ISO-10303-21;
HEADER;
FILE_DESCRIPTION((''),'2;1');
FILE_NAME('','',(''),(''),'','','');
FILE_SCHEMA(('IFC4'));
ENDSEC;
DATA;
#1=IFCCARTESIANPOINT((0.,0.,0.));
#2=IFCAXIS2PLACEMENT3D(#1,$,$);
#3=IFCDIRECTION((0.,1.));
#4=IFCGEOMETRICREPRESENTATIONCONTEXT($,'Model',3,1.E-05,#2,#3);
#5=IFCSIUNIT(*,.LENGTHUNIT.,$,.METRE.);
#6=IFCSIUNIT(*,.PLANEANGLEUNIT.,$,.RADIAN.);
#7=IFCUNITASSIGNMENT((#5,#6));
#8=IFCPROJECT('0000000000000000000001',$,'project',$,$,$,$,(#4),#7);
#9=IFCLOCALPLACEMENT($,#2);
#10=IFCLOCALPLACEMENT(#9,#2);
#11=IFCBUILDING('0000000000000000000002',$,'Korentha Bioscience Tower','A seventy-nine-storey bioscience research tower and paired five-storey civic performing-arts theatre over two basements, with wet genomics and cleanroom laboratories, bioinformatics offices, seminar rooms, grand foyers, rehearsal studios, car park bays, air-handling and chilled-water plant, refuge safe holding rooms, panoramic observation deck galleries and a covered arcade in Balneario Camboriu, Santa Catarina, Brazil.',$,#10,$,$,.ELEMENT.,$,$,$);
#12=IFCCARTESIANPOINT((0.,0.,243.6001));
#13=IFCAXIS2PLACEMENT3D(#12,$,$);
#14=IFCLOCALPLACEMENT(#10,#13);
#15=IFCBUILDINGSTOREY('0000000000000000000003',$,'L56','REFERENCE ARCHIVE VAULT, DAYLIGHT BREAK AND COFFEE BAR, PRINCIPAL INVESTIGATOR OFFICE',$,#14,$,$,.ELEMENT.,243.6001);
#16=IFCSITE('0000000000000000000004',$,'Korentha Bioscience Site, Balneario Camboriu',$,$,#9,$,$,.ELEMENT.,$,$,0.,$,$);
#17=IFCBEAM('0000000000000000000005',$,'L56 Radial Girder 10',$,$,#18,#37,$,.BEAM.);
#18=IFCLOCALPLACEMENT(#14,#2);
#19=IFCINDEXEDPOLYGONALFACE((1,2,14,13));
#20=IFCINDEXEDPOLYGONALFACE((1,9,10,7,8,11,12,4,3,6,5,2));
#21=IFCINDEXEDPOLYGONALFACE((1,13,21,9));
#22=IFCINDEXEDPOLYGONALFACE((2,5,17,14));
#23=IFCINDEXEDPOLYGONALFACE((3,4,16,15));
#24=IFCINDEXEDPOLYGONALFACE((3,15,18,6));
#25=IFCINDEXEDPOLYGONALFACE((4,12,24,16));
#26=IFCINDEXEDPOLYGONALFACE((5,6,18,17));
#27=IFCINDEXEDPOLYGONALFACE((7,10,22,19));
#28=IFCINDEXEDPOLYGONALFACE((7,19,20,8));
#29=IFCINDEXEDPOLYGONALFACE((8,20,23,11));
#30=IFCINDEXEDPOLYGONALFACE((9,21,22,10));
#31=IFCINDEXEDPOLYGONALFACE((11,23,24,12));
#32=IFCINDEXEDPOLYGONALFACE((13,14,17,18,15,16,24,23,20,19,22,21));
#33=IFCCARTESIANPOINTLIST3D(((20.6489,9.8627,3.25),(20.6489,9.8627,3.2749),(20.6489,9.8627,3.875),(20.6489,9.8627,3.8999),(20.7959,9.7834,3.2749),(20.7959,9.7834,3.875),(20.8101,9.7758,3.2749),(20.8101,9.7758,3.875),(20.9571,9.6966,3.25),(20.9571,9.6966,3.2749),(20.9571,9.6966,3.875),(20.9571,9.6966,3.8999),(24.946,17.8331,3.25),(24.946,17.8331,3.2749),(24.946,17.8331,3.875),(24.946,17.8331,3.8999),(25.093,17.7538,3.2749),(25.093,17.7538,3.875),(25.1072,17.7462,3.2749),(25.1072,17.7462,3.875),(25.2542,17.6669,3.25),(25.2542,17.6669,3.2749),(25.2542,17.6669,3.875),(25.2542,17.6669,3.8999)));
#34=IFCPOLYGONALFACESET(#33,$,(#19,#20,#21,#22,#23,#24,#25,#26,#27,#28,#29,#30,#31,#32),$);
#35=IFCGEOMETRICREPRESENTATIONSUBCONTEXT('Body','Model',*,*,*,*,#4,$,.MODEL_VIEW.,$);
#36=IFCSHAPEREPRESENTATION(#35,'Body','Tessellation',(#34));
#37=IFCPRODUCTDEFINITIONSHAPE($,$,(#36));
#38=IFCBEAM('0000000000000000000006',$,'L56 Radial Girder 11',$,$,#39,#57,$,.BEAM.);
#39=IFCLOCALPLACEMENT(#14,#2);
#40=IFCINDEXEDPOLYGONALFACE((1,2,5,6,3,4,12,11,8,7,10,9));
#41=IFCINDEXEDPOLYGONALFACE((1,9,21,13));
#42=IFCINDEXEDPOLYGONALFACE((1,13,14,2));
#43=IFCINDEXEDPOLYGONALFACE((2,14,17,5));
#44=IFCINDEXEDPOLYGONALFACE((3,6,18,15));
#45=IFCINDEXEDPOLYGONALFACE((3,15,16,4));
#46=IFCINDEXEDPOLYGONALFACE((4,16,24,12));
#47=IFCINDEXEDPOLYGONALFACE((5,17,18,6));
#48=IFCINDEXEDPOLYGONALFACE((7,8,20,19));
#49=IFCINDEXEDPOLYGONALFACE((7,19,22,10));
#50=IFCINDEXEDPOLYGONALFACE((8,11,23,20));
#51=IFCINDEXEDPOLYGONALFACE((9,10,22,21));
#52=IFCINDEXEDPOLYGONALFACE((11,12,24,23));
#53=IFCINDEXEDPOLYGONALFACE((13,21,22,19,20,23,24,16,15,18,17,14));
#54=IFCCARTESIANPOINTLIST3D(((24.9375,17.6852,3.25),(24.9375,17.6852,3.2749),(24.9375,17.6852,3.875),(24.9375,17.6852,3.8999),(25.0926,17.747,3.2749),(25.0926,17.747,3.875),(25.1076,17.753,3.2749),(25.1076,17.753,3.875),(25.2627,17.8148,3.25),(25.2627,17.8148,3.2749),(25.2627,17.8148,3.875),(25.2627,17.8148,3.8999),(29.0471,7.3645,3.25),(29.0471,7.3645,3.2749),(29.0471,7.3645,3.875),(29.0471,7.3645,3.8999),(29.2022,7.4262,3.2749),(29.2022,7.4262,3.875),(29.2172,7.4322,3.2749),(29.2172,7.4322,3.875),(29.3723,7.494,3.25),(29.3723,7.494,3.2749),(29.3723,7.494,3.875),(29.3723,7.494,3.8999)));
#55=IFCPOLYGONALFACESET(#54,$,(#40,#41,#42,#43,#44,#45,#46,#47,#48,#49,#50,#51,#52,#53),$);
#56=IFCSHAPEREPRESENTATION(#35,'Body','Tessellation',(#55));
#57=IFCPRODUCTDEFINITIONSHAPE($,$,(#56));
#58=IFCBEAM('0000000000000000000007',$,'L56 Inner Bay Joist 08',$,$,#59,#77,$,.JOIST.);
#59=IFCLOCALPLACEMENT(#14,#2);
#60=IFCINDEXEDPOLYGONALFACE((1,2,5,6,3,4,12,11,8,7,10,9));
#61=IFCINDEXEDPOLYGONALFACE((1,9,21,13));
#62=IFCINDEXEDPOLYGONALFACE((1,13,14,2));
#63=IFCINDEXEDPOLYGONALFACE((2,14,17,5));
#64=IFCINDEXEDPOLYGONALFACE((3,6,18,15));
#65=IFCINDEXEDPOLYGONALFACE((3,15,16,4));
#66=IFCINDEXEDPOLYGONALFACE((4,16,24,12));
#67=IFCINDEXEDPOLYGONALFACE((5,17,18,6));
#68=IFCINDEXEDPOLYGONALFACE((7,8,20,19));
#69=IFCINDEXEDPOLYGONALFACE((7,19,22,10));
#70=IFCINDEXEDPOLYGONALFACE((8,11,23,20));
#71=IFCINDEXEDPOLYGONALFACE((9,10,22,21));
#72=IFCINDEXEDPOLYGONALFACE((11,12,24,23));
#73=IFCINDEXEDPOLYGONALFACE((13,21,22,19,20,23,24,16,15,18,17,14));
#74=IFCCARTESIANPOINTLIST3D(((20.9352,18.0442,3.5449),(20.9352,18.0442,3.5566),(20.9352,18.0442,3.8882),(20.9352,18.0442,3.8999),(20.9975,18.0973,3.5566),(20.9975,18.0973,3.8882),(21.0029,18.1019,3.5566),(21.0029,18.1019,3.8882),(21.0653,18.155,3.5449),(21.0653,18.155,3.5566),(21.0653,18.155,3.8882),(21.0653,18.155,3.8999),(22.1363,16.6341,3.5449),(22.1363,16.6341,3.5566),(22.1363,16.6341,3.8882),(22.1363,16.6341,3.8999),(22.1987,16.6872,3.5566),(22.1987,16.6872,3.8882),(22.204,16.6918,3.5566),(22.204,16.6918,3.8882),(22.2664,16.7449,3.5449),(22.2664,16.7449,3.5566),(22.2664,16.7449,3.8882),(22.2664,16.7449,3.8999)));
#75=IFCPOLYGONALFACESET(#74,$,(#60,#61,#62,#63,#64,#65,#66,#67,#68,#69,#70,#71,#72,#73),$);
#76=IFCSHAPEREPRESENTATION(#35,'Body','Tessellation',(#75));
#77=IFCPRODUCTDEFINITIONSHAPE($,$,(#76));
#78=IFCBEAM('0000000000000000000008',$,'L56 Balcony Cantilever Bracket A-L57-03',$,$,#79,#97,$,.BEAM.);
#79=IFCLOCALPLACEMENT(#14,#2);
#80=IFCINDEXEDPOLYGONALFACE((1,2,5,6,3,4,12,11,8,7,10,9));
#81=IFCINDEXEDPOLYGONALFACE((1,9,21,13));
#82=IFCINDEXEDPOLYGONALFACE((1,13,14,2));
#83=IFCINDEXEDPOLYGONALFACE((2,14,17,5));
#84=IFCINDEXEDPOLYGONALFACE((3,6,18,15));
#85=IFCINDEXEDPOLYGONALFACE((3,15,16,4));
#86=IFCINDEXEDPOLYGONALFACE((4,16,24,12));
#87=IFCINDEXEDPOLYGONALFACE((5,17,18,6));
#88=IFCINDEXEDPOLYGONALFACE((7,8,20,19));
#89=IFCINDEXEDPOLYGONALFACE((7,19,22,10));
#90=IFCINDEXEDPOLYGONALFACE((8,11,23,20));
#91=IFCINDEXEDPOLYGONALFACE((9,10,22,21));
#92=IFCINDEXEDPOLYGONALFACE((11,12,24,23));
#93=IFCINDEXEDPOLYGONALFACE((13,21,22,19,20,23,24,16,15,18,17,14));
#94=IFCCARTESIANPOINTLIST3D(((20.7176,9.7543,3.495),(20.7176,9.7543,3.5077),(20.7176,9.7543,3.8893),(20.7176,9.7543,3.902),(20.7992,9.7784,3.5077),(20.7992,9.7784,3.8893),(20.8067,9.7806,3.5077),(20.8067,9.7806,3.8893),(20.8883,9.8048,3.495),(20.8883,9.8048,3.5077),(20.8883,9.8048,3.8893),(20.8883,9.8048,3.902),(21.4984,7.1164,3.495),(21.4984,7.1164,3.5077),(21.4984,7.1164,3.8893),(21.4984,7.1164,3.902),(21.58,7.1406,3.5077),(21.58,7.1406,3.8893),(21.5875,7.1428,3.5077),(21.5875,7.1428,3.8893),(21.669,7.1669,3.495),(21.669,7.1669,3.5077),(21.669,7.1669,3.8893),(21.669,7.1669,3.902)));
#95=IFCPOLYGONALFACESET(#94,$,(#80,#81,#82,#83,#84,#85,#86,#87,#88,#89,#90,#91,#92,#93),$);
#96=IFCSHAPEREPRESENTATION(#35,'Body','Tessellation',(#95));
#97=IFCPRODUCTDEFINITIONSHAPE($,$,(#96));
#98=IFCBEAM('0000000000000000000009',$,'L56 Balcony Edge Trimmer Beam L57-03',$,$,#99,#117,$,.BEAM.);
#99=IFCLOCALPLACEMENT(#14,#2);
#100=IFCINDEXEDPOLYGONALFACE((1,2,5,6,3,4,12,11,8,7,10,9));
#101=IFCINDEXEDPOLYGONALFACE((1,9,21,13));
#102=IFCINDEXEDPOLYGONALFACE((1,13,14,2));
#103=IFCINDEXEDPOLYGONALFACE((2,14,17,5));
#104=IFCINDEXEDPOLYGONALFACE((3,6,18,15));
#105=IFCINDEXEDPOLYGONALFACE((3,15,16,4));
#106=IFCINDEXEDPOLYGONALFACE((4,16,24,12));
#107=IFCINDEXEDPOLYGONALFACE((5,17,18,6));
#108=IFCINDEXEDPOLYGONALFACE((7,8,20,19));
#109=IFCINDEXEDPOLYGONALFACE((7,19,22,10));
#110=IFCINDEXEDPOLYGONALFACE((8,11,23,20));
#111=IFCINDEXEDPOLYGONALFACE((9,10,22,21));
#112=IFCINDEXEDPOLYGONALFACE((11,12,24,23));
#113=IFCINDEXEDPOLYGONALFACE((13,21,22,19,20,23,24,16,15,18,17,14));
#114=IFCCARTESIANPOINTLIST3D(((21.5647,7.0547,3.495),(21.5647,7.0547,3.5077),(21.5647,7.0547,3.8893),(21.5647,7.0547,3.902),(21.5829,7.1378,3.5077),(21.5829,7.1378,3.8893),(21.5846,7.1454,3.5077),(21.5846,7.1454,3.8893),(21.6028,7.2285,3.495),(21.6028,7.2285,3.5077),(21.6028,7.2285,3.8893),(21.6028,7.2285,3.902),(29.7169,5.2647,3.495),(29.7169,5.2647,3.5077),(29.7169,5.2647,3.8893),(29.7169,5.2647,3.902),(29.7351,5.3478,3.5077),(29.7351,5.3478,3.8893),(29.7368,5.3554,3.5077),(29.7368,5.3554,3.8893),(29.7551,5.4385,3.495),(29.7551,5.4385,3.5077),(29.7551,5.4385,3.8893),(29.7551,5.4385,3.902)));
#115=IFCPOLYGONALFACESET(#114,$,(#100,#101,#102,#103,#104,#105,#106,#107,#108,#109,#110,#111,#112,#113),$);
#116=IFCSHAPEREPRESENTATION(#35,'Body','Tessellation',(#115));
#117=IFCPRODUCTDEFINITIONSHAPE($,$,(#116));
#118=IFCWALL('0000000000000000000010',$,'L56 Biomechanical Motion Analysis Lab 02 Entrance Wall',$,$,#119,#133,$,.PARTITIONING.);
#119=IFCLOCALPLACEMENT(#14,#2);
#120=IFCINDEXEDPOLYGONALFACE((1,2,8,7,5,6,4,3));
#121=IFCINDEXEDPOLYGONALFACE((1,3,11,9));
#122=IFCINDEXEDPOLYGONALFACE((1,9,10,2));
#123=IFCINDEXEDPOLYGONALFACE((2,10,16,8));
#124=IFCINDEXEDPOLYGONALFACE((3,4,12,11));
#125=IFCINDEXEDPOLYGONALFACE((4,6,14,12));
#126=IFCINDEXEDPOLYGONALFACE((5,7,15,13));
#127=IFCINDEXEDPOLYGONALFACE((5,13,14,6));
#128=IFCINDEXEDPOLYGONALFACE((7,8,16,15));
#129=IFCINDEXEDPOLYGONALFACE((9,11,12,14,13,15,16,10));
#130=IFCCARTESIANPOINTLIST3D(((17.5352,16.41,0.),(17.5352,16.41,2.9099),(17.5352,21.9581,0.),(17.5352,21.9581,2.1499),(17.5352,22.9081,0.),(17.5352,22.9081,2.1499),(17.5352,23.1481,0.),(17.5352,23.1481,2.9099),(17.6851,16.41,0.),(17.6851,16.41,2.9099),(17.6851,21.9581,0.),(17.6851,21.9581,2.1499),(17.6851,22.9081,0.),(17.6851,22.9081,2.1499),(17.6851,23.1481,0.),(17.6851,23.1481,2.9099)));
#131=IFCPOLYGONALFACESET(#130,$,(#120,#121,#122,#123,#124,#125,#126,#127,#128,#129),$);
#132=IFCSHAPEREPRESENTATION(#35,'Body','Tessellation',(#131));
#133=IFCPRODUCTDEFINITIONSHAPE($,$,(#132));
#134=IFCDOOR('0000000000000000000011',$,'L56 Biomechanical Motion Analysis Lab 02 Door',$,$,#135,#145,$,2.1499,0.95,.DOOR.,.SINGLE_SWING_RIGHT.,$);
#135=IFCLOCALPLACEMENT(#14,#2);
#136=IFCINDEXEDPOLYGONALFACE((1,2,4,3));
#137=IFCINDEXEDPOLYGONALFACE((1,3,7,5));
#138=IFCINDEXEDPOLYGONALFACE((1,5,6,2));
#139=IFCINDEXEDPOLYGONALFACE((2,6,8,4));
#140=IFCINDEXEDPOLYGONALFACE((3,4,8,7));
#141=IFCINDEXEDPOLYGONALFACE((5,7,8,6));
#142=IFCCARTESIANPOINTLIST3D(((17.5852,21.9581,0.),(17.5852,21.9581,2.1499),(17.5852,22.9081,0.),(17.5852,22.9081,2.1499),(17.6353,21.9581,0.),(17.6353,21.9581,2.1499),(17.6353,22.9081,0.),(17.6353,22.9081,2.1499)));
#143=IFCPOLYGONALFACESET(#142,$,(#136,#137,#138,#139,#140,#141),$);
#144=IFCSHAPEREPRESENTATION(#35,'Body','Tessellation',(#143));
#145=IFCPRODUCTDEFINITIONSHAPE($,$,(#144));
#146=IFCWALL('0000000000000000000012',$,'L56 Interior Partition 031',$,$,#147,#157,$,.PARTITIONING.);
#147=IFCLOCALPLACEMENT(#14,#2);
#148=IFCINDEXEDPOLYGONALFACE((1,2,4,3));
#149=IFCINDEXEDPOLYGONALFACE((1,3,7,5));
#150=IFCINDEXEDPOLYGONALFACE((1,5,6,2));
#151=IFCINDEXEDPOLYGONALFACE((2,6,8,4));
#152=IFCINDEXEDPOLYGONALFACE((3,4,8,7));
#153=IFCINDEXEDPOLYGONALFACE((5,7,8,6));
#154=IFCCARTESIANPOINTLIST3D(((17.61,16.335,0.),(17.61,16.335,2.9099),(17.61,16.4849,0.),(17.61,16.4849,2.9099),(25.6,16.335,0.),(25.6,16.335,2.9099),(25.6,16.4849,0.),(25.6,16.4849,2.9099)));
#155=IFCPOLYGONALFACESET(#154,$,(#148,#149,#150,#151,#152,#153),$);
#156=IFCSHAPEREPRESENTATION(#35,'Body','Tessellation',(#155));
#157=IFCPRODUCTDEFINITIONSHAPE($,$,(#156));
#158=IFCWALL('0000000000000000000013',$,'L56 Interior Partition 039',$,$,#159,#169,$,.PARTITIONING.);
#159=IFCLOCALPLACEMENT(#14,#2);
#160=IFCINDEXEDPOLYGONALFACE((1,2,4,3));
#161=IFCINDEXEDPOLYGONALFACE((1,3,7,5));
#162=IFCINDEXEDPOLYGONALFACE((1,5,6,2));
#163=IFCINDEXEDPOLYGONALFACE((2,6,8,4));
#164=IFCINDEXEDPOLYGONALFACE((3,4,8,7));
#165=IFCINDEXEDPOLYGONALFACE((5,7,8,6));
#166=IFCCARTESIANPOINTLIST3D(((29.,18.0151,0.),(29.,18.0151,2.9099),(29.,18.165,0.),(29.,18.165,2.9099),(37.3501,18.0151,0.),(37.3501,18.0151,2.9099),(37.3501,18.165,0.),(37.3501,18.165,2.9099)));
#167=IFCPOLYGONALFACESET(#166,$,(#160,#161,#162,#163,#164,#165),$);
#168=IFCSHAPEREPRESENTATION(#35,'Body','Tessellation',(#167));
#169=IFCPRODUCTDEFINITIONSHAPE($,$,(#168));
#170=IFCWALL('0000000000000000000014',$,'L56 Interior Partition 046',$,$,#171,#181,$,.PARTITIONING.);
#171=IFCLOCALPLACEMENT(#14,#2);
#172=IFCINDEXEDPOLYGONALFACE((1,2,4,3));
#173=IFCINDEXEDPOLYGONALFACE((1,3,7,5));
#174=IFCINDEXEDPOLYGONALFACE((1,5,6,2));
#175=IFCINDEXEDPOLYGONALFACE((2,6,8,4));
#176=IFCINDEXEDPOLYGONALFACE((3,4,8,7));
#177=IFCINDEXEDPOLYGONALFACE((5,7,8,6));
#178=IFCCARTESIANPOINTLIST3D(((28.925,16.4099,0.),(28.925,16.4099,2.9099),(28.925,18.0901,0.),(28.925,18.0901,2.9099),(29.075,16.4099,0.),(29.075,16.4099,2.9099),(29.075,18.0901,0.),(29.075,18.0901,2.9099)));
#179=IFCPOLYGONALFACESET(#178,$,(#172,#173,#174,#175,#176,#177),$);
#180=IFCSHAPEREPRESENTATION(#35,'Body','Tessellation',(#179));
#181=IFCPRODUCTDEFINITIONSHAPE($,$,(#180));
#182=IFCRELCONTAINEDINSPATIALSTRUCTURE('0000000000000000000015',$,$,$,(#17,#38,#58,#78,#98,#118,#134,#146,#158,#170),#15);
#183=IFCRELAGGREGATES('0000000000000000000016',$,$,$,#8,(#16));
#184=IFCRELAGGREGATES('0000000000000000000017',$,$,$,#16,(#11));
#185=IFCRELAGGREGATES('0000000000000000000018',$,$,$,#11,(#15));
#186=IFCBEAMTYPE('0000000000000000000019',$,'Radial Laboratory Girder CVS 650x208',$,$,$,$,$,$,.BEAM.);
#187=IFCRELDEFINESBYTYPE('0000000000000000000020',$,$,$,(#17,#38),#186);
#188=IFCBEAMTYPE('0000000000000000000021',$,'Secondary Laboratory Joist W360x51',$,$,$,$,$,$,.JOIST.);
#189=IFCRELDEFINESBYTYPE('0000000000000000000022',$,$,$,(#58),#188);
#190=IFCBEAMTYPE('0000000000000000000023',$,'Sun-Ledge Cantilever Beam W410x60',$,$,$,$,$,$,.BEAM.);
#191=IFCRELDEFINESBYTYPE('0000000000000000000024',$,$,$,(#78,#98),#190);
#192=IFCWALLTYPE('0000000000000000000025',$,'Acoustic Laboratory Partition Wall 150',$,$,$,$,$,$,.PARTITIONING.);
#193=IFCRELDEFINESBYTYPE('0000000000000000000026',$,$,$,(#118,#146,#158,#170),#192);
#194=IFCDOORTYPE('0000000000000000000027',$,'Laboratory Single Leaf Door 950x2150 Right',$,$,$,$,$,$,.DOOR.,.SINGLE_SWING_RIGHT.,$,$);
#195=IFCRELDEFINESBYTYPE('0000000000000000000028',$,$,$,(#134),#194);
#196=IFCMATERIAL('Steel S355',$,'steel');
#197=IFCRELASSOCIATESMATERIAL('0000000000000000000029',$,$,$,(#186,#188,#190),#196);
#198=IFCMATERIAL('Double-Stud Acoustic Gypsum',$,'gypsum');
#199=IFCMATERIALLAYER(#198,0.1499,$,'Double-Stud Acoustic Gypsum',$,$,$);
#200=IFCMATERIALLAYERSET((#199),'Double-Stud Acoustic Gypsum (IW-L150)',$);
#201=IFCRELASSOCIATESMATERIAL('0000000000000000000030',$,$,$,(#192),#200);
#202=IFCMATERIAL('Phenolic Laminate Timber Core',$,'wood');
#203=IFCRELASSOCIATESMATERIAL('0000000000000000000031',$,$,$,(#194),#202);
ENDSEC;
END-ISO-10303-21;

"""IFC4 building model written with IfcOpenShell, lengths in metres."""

from ifc_helpers import new_model, si_unit, direction, frame, frame_2d, origin, origin_2d, place, context, subcontext, project, spatial, rectangle, i_section, extrude, material, layer, layer_set, material_profile, profile_set, type_object, element, fill, save


model = new_model("IFC4")

# Units and contexts
model_context = context("Model", 3, precision=1e-05, world=origin(), true_north=direction((0.0, 1.0)))
body_context = subcontext(model_context, "Body", "Model", "MODEL_VIEW")
ifc_project = project(units=[si_unit("LENGTHUNIT", "METRE"), si_unit("PLANEANGLEUNIT", "RADIAN")], contexts=[model_context])

# Site, building, storey
site_placement = place(None, origin())
site = spatial("IfcSite", under=ifc_project, at=site_placement, Name="Korentha Bioscience Site, Balneario Camboriu", CompositionType="ELEMENT", RefElevation=0.0)
building_placement = place(site_placement, origin())
building = spatial("IfcBuilding", under=site, at=building_placement, Name="Korentha Bioscience Tower", Description="A seventy-nine-storey bioscience research tower and paired five-storey civic performing-arts theatre over two basements, with wet genomics and cleanroom laboratories, bioinformatics offices, seminar rooms, grand foyers, rehearsal studios, car park bays, air-handling and chilled-water plant, refuge safe holding rooms, panoramic observation deck galleries and a covered arcade in Balneario Camboriu, Santa Catarina, Brazil.", CompositionType="ELEMENT")
storey_placement = place(building_placement, frame((0.0, 0.0, 243.6001)))
storey = spatial("IfcBuildingStorey", under=building, at=storey_placement, Name="L56", Description="REFERENCE ARCHIVE VAULT, DAYLIGHT BREAK AND COFFEE BAR, PRINCIPAL INVESTIGATOR OFFICE", CompositionType="ELEMENT", Elevation=243.6001)

# Shared definitions
ifc_material_1 = material(Name="Steel S355", Category="steel")

# Beams
ifc_material_profile_1 = material_profile(ifc_material_1, i_section(OverallWidth=0.3501, OverallDepth=0.6499, WebThickness=0.0161, FlangeThickness=0.0249, at=origin_2d()), Name="Steel S355")
ifc_profile_set_1 = profile_set([ifc_material_profile_1], Name="Steel S355 (RB-650)")
beam_type_1 = type_object("IfcBeamType", Name="Radial Laboratory Girder CVS 650x208", PredefinedType="BEAM", material=ifc_profile_set_1)
beam_1_placement = place(storey_placement, frame((25.1001, 17.75, 3.575), z_axis=(-0.474556, -0.880225, 0.0), x_axis=(0.880225, -0.474556, 0.0)))
element("IfcBeam", 1, at=beam_1_placement, inside=storey, type_object=beam_type_1, Name="L56 Radial Girder 10", PredefinedType="BEAM", context=body_context, shape_type="SweptSolid", body=[
    extrude(i_section(OverallWidth=0.3501, OverallDepth=0.6499, WebThickness=0.0161, FlangeThickness=0.0249, at=origin_2d()), origin(), (0.0, 0.0, 1.0), 9.0549),
])
beam_2_placement = place(storey_placement, frame((25.1001, 17.75, 3.575), z_axis=(0.369939, -0.929056, 0.0), x_axis=(0.929056, 0.369939, 0.0)))
element("IfcBeam", 2, at=beam_2_placement, inside=storey, type_object=beam_type_1, Name="L56 Radial Girder 11", PredefinedType="BEAM", context=body_context, shape_type="SweptSolid", body=[
    extrude(i_section(OverallWidth=0.3501, OverallDepth=0.6499, WebThickness=0.0161, FlangeThickness=0.0249, at=origin_2d()), origin(), (0.0, 0.0, 1.0), 11.1089),
])
ifc_material_profile_2 = material_profile(ifc_material_1, i_section(OverallWidth=0.1709, OverallDepth=0.355, WebThickness=0.0071, FlangeThickness=0.0117, at=origin_2d()), Name="Steel S355")
ifc_profile_set_2 = profile_set([ifc_material_profile_2], Name="Steel S355 (JB-360)")
beam_type_2 = type_object("IfcBeamType", Name="Secondary Laboratory Joist W360x51", PredefinedType="JOIST", material=ifc_profile_set_2)
beam_3_placement = place(storey_placement, frame((21.0002, 18.0996, 3.7224), z_axis=(0.648444, -0.761263, 0.0), x_axis=(0.761263, 0.648444, 0.0)))
element("IfcBeam", 3, at=beam_3_placement, inside=storey, type_object=beam_type_2, Name="L56 Inner Bay Joist 08", PredefinedType="JOIST", context=body_context, shape_type="SweptSolid", body=[
    extrude(i_section(OverallWidth=0.1709, OverallDepth=0.355, WebThickness=0.0071, FlangeThickness=0.0117, at=origin_2d()), origin(), (0.0, 0.0, 1.0), 1.8523),
])
ifc_material_profile_3 = material_profile(ifc_material_1, i_section(OverallWidth=0.178, OverallDepth=0.407, WebThickness=0.0078, FlangeThickness=0.0127, at=origin_2d()), Name="Steel S355")
ifc_profile_set_3 = profile_set([ifc_material_profile_3], Name="Steel S355 (CB-410)")
beam_type_3 = type_object("IfcBeamType", Name="Sun-Ledge Cantilever Beam W410x60", PredefinedType="BEAM", material=ifc_profile_set_3)
beam_4_placement = place(storey_placement, frame((20.803, 9.7795, 3.6985), z_axis=(0.283804, -0.958882, 0.0), x_axis=(0.958882, 0.283804, 0.0)))
element("IfcBeam", 4, at=beam_4_placement, inside=storey, type_object=beam_type_3, Name="L56 Balcony Cantilever Bracket A-L57-03", PredefinedType="BEAM", context=body_context, shape_type="SweptSolid", body=[
    extrude(i_section(OverallWidth=0.178, OverallDepth=0.407, WebThickness=0.0078, FlangeThickness=0.0127, at=origin_2d()), origin(), (0.0, 0.0, 1.0), 2.751),
])
beam_5_placement = place(storey_placement, frame((21.5837, 7.1416, 3.6985), z_axis=(0.976732, -0.214464, 0.0), x_axis=(0.214464, 0.976732, 0.0)))
element("IfcBeam", 5, at=beam_5_placement, inside=storey, type_object=beam_type_3, Name="L56 Balcony Edge Trimmer Beam L57-03", PredefinedType="BEAM", context=body_context, shape_type="SweptSolid", body=[
    extrude(i_section(OverallWidth=0.178, OverallDepth=0.407, WebThickness=0.0078, FlangeThickness=0.0127, at=origin_2d()), origin(), (0.0, 0.0, 1.0), 8.3464),
])

# Wall, opening, door
ifc_material_2 = material(Name="Double-Stud Acoustic Gypsum", Category="gypsum")
ifc_layer_1 = layer(ifc_material_2, 0.1499, Name="Double-Stud Acoustic Gypsum")
ifc_layer_set_1 = layer_set([ifc_layer_1], Name="Double-Stud Acoustic Gypsum (IW-L150)")
wall_type_1 = type_object("IfcWallType", Name="Acoustic Laboratory Partition Wall 150", PredefinedType="PARTITIONING", material=ifc_layer_set_1)
wall_1_placement = place(storey_placement, frame((17.6101, 16.4099, 0.0), z_axis=(0.0, 0.0, 1.0), x_axis=(0.0, 1.0, 0.0)))
wall_1 = element("IfcWall", 6, at=wall_1_placement, inside=storey, type_object=wall_type_1, Name="L56 Biomechanical Motion Analysis Lab 02 Entrance Wall", PredefinedType="PARTITIONING", context=body_context, shape_type="SweptSolid", body=[
    extrude(rectangle(XDim=6.738, YDim=0.1499, at=frame_2d((3.3691, 0.0))), origin(), (0.0, 0.0, 1.0), 2.9099),
])
opening_1_placement = place(wall_1_placement, frame((5.5481, 0.0, 0.0)))
opening_1 = element("IfcOpeningElement", 7, at=opening_1_placement, cuts=wall_1, PredefinedType="OPENING", context=body_context, shape_type="SweptSolid", body=[
    extrude(rectangle(XDim=0.95, YDim=2.1499, at=frame_2d((0.4751, 1.075))), frame((0.0, 0.0898, 0.0), z_axis=(0.0, -1.0, 0.0), x_axis=(1.0, 0.0, 0.0)), (0.0, 0.0, 1.0), 0.1797),
])
ifc_material_3 = material(Name="Phenolic Laminate Timber Core", Category="wood")
door_type_1 = type_object("IfcDoorType", Name="Laboratory Single Leaf Door 950x2150 Right", OperationType="SINGLE_SWING_RIGHT", PredefinedType="DOOR", material=ifc_material_3)
door_1_placement = place(opening_1_placement, origin())
door_1 = element("IfcDoor", 8, at=door_1_placement, inside=storey, type_object=door_type_1, Name="L56 Biomechanical Motion Analysis Lab 02 Door", OperationType="SINGLE_SWING_RIGHT", OverallHeight=2.1499, OverallWidth=0.95, PredefinedType="DOOR", context=body_context, shape_type="SweptSolid", body=[
    extrude(rectangle(XDim=0.95, YDim=2.1499, at=frame_2d((0.4751, 1.075))), frame((0.0, 0.0249, 0.0), z_axis=(0.0, -1.0, 0.0), x_axis=(1.0, 0.0, 0.0)), (0.0, 0.0, 1.0), 0.05),
])
fill(opening_1, door_1)

# Walls
wall_2_placement = place(storey_placement, frame((25.6001, 16.4099, 0.0), z_axis=(0.0, 0.0, 1.0), x_axis=(-1.0, 0.0, 0.0)))
element("IfcWall", 9, at=wall_2_placement, inside=storey, type_object=wall_type_1, Name="L56 Interior Partition 031", PredefinedType="PARTITIONING", context=body_context, shape_type="SweptSolid", body=[
    extrude(rectangle(XDim=7.99, YDim=0.1499, at=frame_2d((3.9951, 0.0))), origin(), (0.0, 0.0, 1.0), 2.9099),
])
wall_3_placement = place(storey_placement, frame((29.0, 18.0901, 0.0), z_axis=(0.0, 0.0, 1.0), x_axis=(1.0, 0.0, 0.0)))
element("IfcWall", 10, at=wall_3_placement, inside=storey, type_object=wall_type_1, Name="L56 Interior Partition 039", PredefinedType="PARTITIONING", context=body_context, shape_type="SweptSolid", body=[
    extrude(rectangle(XDim=8.3501, YDim=0.1499, at=frame_2d((4.175, 0.0))), origin(), (0.0, 0.0, 1.0), 2.9099),
])
wall_4_placement = place(storey_placement, frame((29.0, 16.4099, 0.0), z_axis=(0.0, 0.0, 1.0), x_axis=(0.0, 1.0, 0.0)))
element("IfcWall", 11, at=wall_4_placement, inside=storey, type_object=wall_type_1, Name="L56 Interior Partition 046", PredefinedType="PARTITIONING", context=body_context, shape_type="SweptSolid", body=[
    extrude(rectangle(XDim=1.6802, YDim=0.1499, at=frame_2d((0.8401, 0.0))), origin(), (0.0, 0.0, 1.0), 2.9099),
])

save(model, "model.ifc")
